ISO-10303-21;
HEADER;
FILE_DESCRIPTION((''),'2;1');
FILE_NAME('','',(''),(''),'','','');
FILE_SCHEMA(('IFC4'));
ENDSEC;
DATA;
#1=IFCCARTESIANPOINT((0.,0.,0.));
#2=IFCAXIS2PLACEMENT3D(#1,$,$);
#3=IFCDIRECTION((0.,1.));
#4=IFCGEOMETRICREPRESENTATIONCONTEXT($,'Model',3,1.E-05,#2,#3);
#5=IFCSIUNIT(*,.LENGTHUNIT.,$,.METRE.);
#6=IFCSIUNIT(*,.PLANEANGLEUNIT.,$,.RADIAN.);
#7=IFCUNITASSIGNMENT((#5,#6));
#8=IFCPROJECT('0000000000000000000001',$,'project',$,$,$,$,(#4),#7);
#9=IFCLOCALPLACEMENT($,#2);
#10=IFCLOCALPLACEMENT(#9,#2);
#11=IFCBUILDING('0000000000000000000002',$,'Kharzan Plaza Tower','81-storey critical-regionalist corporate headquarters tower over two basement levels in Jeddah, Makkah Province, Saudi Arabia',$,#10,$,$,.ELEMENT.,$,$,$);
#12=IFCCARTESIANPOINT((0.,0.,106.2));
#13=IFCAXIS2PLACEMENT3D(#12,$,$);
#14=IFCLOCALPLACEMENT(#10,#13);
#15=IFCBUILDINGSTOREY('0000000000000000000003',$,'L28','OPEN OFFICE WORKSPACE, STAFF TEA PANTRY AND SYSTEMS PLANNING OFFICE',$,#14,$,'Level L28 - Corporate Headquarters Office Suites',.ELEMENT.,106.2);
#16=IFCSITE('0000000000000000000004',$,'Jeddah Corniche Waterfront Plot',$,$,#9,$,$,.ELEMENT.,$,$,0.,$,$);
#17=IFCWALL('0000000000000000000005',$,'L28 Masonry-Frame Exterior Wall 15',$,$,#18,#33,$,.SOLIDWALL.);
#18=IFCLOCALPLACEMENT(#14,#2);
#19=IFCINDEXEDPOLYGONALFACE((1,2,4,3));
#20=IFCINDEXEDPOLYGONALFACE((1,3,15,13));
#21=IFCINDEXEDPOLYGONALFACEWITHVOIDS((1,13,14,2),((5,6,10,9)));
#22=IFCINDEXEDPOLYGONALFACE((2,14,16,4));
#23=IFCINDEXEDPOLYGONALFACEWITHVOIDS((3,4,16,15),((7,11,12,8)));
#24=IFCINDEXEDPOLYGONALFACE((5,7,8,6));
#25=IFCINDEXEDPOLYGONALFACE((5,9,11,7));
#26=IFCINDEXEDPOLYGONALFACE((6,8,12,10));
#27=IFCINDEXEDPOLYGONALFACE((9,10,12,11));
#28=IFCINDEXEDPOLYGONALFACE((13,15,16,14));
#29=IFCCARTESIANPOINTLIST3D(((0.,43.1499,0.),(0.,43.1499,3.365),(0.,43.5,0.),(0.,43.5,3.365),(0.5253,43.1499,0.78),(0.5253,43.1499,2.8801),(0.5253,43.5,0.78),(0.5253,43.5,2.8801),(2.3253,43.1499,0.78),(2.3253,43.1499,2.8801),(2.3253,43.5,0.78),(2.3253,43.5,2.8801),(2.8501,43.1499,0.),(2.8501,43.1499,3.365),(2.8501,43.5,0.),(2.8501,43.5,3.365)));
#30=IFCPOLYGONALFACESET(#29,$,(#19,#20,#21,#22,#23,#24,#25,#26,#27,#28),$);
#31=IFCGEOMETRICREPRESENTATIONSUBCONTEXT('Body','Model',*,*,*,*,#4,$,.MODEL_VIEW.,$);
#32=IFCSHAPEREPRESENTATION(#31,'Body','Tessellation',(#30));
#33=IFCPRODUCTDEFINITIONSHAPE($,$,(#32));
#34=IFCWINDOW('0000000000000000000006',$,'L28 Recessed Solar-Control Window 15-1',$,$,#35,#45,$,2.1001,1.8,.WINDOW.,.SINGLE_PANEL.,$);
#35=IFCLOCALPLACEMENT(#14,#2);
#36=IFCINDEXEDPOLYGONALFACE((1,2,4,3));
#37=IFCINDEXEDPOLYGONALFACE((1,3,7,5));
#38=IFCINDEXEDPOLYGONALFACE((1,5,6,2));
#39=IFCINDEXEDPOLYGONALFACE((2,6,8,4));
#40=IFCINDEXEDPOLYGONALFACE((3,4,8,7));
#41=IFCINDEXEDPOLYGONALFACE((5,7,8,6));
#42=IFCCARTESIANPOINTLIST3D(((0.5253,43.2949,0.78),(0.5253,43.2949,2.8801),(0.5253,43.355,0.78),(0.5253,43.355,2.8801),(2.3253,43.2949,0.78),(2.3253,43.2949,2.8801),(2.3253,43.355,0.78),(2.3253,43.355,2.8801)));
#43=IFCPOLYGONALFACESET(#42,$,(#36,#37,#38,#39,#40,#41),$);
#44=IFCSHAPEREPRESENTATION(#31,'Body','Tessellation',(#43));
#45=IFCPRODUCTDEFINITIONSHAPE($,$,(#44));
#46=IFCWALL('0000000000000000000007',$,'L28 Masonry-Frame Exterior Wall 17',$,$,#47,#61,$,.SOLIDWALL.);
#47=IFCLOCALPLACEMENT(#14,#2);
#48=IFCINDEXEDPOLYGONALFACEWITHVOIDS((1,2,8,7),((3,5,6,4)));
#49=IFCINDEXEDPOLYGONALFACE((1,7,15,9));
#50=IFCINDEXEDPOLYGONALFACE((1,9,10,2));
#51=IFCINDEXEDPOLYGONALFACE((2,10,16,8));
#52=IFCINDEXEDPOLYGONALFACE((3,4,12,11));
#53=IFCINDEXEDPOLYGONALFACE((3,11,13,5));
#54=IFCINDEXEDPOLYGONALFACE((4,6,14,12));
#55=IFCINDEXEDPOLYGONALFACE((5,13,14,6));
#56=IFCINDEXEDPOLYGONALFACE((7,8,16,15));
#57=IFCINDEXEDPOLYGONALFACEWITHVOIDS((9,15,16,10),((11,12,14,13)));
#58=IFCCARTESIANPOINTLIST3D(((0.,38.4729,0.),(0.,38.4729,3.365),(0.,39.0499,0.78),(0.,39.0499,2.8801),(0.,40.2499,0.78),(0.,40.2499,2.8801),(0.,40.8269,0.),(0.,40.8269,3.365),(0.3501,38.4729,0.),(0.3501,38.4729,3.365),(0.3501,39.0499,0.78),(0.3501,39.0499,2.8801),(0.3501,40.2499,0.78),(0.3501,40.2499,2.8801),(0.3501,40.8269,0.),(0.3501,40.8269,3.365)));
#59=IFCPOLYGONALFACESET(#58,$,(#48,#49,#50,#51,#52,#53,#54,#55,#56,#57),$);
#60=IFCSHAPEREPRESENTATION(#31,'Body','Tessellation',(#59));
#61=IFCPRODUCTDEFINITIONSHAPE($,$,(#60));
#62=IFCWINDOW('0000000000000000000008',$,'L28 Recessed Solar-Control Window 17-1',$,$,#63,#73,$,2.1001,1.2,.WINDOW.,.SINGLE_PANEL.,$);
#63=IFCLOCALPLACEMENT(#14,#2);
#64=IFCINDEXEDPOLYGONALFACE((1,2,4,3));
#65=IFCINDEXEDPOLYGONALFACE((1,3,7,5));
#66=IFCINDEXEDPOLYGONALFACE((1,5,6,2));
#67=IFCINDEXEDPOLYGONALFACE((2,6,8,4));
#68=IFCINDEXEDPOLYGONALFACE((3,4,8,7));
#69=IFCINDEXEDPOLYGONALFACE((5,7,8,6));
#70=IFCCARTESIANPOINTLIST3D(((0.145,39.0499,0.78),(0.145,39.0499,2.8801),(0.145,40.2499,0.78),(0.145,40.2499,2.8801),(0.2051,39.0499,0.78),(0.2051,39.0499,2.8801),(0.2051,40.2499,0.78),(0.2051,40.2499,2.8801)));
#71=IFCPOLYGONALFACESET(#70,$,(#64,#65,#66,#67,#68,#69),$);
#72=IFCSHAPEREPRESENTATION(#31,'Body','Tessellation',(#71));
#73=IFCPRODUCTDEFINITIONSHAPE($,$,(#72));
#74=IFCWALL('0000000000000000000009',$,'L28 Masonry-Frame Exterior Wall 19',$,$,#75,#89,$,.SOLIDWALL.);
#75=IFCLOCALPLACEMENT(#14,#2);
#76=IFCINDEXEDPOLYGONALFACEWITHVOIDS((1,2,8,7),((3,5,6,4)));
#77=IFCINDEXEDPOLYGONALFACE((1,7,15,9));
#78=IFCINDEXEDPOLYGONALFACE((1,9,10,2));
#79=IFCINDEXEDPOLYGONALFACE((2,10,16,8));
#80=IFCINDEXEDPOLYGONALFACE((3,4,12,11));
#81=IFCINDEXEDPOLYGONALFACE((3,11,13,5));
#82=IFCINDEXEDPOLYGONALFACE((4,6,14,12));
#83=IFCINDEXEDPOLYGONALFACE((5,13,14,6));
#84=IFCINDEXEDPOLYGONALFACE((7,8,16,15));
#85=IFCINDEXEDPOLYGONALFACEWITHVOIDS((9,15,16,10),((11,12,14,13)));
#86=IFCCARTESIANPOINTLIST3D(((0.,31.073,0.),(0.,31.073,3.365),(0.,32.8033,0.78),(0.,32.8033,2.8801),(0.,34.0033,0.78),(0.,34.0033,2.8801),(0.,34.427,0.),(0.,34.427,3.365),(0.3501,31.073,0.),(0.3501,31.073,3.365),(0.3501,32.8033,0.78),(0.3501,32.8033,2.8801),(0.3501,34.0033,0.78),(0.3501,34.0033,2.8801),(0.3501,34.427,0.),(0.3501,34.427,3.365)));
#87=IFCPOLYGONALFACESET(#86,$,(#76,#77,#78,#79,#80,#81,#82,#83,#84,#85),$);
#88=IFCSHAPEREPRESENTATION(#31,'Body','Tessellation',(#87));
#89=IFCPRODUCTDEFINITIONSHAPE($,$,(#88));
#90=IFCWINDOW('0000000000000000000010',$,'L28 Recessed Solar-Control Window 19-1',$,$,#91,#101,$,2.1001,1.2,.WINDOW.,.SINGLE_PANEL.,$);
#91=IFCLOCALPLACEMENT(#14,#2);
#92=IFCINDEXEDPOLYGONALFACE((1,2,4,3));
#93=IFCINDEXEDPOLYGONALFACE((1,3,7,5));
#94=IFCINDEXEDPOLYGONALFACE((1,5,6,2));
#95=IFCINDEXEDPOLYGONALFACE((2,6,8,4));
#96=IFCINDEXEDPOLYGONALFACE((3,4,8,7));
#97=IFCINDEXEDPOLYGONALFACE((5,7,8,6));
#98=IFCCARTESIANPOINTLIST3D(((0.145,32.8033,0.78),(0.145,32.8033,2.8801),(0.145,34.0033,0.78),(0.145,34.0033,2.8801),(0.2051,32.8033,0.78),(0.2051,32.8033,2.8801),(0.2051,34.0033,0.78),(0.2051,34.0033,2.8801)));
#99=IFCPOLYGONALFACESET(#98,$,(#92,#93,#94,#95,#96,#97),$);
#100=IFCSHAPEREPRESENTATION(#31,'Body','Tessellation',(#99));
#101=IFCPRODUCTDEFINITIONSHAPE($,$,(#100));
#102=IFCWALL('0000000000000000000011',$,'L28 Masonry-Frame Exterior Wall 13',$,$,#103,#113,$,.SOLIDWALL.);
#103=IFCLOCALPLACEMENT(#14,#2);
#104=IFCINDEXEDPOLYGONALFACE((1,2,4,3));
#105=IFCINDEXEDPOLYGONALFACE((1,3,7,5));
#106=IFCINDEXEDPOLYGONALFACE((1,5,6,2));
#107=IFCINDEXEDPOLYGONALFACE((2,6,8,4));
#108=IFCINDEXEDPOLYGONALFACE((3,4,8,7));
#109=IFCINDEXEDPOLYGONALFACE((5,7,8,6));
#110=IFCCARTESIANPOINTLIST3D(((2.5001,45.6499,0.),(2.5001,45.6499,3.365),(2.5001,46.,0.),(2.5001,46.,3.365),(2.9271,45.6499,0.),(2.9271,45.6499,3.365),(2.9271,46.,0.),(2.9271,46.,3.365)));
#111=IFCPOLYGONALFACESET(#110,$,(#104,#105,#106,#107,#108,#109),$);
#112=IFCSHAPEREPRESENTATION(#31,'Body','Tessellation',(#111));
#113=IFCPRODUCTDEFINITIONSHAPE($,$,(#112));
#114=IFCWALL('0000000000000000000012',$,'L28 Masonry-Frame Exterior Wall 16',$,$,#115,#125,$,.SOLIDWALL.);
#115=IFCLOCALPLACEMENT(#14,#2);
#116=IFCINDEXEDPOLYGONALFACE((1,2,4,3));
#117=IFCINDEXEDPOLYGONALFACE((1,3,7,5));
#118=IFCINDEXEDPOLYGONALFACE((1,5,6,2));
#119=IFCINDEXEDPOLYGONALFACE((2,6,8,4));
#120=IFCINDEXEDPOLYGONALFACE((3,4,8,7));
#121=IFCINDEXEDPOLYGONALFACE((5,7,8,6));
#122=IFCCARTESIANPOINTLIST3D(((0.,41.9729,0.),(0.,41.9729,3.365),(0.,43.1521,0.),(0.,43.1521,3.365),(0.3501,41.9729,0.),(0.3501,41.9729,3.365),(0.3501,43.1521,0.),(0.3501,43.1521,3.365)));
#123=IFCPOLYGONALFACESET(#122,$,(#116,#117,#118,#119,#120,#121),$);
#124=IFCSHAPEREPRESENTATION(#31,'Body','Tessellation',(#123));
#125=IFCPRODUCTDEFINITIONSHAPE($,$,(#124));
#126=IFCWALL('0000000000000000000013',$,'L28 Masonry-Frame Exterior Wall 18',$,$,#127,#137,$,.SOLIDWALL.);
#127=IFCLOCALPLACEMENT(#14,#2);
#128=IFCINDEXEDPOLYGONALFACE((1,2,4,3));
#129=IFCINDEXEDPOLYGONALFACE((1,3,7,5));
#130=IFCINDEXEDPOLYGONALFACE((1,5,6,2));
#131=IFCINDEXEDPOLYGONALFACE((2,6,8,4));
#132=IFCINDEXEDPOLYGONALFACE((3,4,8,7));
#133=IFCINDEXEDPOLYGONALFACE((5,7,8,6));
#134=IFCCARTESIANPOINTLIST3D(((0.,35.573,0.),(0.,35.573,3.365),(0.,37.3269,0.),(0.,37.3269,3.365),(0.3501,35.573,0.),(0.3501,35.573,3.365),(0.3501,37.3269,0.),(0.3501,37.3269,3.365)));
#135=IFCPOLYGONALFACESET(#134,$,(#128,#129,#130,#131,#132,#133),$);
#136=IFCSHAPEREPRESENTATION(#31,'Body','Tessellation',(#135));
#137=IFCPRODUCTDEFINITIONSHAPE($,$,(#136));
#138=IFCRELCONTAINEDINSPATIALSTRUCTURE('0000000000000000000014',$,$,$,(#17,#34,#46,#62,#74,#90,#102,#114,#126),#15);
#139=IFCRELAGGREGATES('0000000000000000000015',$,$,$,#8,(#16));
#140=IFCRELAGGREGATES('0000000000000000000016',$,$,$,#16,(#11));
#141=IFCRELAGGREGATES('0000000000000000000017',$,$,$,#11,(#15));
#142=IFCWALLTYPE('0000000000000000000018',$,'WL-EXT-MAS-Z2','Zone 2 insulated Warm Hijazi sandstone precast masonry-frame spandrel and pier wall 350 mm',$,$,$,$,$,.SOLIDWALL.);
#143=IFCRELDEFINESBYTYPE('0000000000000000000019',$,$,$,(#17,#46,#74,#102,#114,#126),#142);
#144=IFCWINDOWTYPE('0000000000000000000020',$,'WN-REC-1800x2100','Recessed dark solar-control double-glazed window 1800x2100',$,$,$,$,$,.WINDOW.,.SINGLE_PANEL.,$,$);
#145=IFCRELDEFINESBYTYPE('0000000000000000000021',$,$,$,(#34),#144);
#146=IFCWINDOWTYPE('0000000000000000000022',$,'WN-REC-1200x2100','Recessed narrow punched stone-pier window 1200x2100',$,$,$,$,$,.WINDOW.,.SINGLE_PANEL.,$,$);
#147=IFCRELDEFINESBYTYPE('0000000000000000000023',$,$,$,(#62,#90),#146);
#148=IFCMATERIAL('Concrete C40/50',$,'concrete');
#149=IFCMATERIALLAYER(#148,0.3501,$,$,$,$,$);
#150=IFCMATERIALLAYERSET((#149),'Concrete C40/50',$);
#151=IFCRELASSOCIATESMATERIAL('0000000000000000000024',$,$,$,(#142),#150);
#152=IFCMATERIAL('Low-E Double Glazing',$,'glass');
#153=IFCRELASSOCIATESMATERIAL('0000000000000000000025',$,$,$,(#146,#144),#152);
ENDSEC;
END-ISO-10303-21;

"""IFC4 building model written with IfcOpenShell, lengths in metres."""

from ifc_helpers import new_model, si_unit, direction, frame, frame_2d, origin, place, context, subcontext, project, spatial, rectangle, extrude, source, transform, mapped, material, layer, layer_set, type_object, element, fill, save


model = new_model("IFC4")

# Units and contexts
model_context = context("Model", 3, precision=1e-05, world=origin(), true_north=direction((0.0, 1.0)))
body_context = subcontext(model_context, "Body", "Model", "MODEL_VIEW")
ifc_project = project(units=[si_unit("LENGTHUNIT", "METRE"), si_unit("PLANEANGLEUNIT", "RADIAN")], contexts=[model_context])

# Site, building, storey
site_placement = place(None, origin())
site = spatial("IfcSite", under=ifc_project, at=site_placement, Name="Jeddah Corniche Waterfront Plot", CompositionType="ELEMENT", RefElevation=0.0)
building_placement = place(site_placement, origin())
building = spatial("IfcBuilding", under=site, at=building_placement, Name="Kharzan Plaza Tower", Description="81-storey critical-regionalist corporate headquarters tower over two basement levels in Jeddah, Makkah Province, Saudi Arabia", CompositionType="ELEMENT")
storey_placement = place(building_placement, frame((0.0, 0.0, 106.2)))
storey = spatial("IfcBuildingStorey", under=building, at=storey_placement, Name="L28", Description="OPEN OFFICE WORKSPACE, STAFF TEA PANTRY AND SYSTEMS PLANNING OFFICE", LongName="Level L28 - Corporate Headquarters Office Suites", CompositionType="ELEMENT", Elevation=106.2)

# Walls, openings, windows
ifc_material_1 = material(Name="Concrete C40/50", Category="concrete")
ifc_layer = layer(ifc_material_1, 0.3501)
ifc_layer_set = layer_set([ifc_layer], Name="Concrete C40/50")
wall_type = type_object("IfcWallType", Name="WL-EXT-MAS-Z2", Description="Zone 2 insulated Warm Hijazi sandstone precast masonry-frame spandrel and pier wall 350 mm", PredefinedType="SOLIDWALL", material=ifc_layer_set)
ifc_material_2 = material(Name="Low-E Double Glazing", Category="glass")
window_type_1 = type_object("IfcWindowType", Name="WN-REC-1200x2100", Description="Recessed narrow punched stone-pier window 1200x2100", PartitioningType="SINGLE_PANEL", PredefinedType="WINDOW", material=ifc_material_2)
shared_shape_1 = source(origin(), body_context, "Body", "SweptSolid", [
    extrude(rectangle(XDim=1.2, YDim=2.1001, at=frame_2d((0.6001, 1.05))), frame((0.0, 0.03, 0.0), z_axis=(0.0, -1.0, 0.0), x_axis=(1.0, 0.0, 0.0)), (0.0, 0.0, 1.0), 0.0601),
])
wall_1_placement = place(storey_placement, frame((2.8501, 43.325, 0.0), z_axis=(0.0, 0.0, 1.0), x_axis=(-1.0, 0.0, 0.0)))
wall_1 = element("IfcWall", 1, at=wall_1_placement, inside=storey, type_object=wall_type, Name="L28 Masonry-Frame Exterior Wall 15", PredefinedType="SOLIDWALL", context=body_context, shape_type="SweptSolid", body=[
    extrude(rectangle(XDim=2.8501, YDim=0.3501, at=frame_2d((1.425, 0.0))), origin(), (0.0, 0.0, 1.0), 3.365),
])
opening_1_placement = place(wall_1_placement, frame((0.5249, 0.0, 0.78)))
opening_1 = element("IfcOpeningElement", 2, at=opening_1_placement, cuts=wall_1, PredefinedType="OPENING", context=body_context, shape_type="SweptSolid", body=[
    extrude(rectangle(XDim=1.8, YDim=2.1001, at=frame_2d((0.8999, 1.05))), frame((0.0, 0.1851, 0.0), z_axis=(0.0, -1.0, 0.0), x_axis=(1.0, 0.0, 0.0)), (0.0, 0.0, 1.0), 0.3701),
])
window_type_2 = type_object("IfcWindowType", Name="WN-REC-1800x2100", Description="Recessed dark solar-control double-glazed window 1800x2100", PartitioningType="SINGLE_PANEL", PredefinedType="WINDOW", material=ifc_material_2)
shared_shape_2 = source(origin(), body_context, "Body", "SweptSolid", [
    extrude(rectangle(XDim=1.8, YDim=2.1001, at=frame_2d((0.8999, 1.05))), frame((0.0, 0.03, 0.0), z_axis=(0.0, -1.0, 0.0), x_axis=(1.0, 0.0, 0.0)), (0.0, 0.0, 1.0), 0.0601),
])
window_1_placement = place(opening_1_placement, origin())
window_1 = element("IfcWindow", 3, at=window_1_placement, inside=storey, type_object=window_type_2, Name="L28 Recessed Solar-Control Window 15-1", OverallHeight=2.1001, OverallWidth=1.8, PartitioningType="SINGLE_PANEL", PredefinedType="WINDOW", context=body_context, shape_type="MappedRepresentation", body=[
    mapped(shared_shape_2, transform((0.0, 0.0, 0.0), x_axis=(1.0, 0.0, 0.0), y_axis=(0.0, 1.0, 0.0), z_axis=(0.0, 0.0, 1.0))),
])
fill(opening_1, window_1)
wall_2_placement = place(storey_placement, frame((0.175, 40.8269, 0.0), z_axis=(0.0, 0.0, 1.0), x_axis=(0.0, -1.0, 0.0)))
wall_2 = element("IfcWall", 4, at=wall_2_placement, inside=storey, type_object=wall_type, Name="L28 Masonry-Frame Exterior Wall 17", PredefinedType="SOLIDWALL", context=body_context, shape_type="SweptSolid", body=[
    extrude(rectangle(XDim=2.354, YDim=0.3501, at=frame_2d((1.177, 0.0))), origin(), (0.0, 0.0, 1.0), 3.365),
])
opening_2_placement = place(wall_2_placement, frame((0.5769, 0.0, 0.78)))
opening_2 = element("IfcOpeningElement", 5, at=opening_2_placement, cuts=wall_2, PredefinedType="OPENING", context=body_context, shape_type="SweptSolid", body=[
    extrude(rectangle(XDim=1.2, YDim=2.1001, at=frame_2d((0.6001, 1.05))), frame((0.0, 0.1851, 0.0), z_axis=(0.0, -1.0, 0.0), x_axis=(1.0, 0.0, 0.0)), (0.0, 0.0, 1.0), 0.3701),
])
window_2_placement = place(opening_2_placement, origin())
window_2 = element("IfcWindow", 6, at=window_2_placement, inside=storey, type_object=window_type_1, Name="L28 Recessed Solar-Control Window 17-1", OverallHeight=2.1001, OverallWidth=1.2, PartitioningType="SINGLE_PANEL", PredefinedType="WINDOW", context=body_context, shape_type="MappedRepresentation", body=[
    mapped(shared_shape_1, transform((0.0, 0.0, 0.0), x_axis=(1.0, 0.0, 0.0), y_axis=(0.0, 1.0, 0.0), z_axis=(0.0, 0.0, 1.0))),
])
fill(opening_2, window_2)
wall_3_placement = place(storey_placement, frame((0.175, 34.427, 0.0), z_axis=(0.0, 0.0, 1.0), x_axis=(0.0, -1.0, 0.0)))
wall_3 = element("IfcWall", 7, at=wall_3_placement, inside=storey, type_object=wall_type, Name="L28 Masonry-Frame Exterior Wall 19", PredefinedType="SOLIDWALL", context=body_context, shape_type="SweptSolid", body=[
    extrude(rectangle(XDim=3.354, YDim=0.3501, at=frame_2d((1.677, 0.0))), origin(), (0.0, 0.0, 1.0), 3.365),
])
opening_3_placement = place(wall_3_placement, frame((0.4236, 0.0, 0.78)))
opening_3 = element("IfcOpeningElement", 8, at=opening_3_placement, cuts=wall_3, PredefinedType="OPENING", context=body_context, shape_type="SweptSolid", body=[
    extrude(rectangle(XDim=1.2, YDim=2.1001, at=frame_2d((0.6001, 1.05))), frame((0.0, 0.1851, 0.0), z_axis=(0.0, -1.0, 0.0), x_axis=(1.0, 0.0, 0.0)), (0.0, 0.0, 1.0), 0.3701),
])
window_3_placement = place(opening_3_placement, origin())
window_3 = element("IfcWindow", 9, at=window_3_placement, inside=storey, type_object=window_type_1, Name="L28 Recessed Solar-Control Window 19-1", OverallHeight=2.1001, OverallWidth=1.2, PartitioningType="SINGLE_PANEL", PredefinedType="WINDOW", context=body_context, shape_type="MappedRepresentation", body=[
    mapped(shared_shape_1, transform((0.0, 0.0, 0.0), x_axis=(1.0, 0.0, 0.0), y_axis=(0.0, 1.0, 0.0), z_axis=(0.0, 0.0, 1.0))),
])
fill(opening_3, window_3)

# Walls
shared_shape_3 = source(origin(), body_context, "Body", "SweptSolid", [
    extrude(rectangle(XDim=0.427, YDim=0.3501, at=frame_2d((0.2134, 0.0))), origin(), (0.0, 0.0, 1.0), 3.365),
])
wall_4_placement = place(storey_placement, frame((2.927, 45.825, 0.0), z_axis=(0.0, 0.0, 1.0), x_axis=(-1.0, 0.0, 0.0)))
element("IfcWall", 10, at=wall_4_placement, inside=storey, type_object=wall_type, Name="L28 Masonry-Frame Exterior Wall 13", PredefinedType="SOLIDWALL", context=body_context, shape_type="MappedRepresentation", body=[
    mapped(shared_shape_3, transform((0.0, 0.0, 0.0), x_axis=(1.0, 0.0, 0.0), y_axis=(0.0, 1.0, 0.0), z_axis=(0.0, 0.0, 1.0))),
])
shared_shape_4 = source(origin(), body_context, "Body", "SweptSolid", [
    extrude(rectangle(XDim=1.1792, YDim=0.3501, at=frame_2d((0.5896, 0.0))), origin(), (0.0, 0.0, 1.0), 3.365),
])
wall_5_placement = place(storey_placement, frame((0.175, 43.1521, 0.0), z_axis=(0.0, 0.0, 1.0), x_axis=(0.0, -1.0, 0.0)))
element("IfcWall", 11, at=wall_5_placement, inside=storey, type_object=wall_type, Name="L28 Masonry-Frame Exterior Wall 16", PredefinedType="SOLIDWALL", context=body_context, shape_type="MappedRepresentation", body=[
    mapped(shared_shape_4, transform((0.0, 0.0, 0.0), x_axis=(1.0, 0.0, 0.0), y_axis=(0.0, 1.0, 0.0), z_axis=(0.0, 0.0, 1.0))),
])
shared_shape_5 = source(origin(), body_context, "Body", "SweptSolid", [
    extrude(rectangle(XDim=1.7539, YDim=0.3501, at=frame_2d((0.877, 0.0))), origin(), (0.0, 0.0, 1.0), 3.365),
])
wall_6_placement = place(storey_placement, frame((0.175, 37.3269, 0.0), z_axis=(0.0, 0.0, 1.0), x_axis=(0.0, -1.0, 0.0)))
element("IfcWall", 12, at=wall_6_placement, inside=storey, type_object=wall_type, Name="L28 Masonry-Frame Exterior Wall 18", PredefinedType="SOLIDWALL", context=body_context, shape_type="MappedRepresentation", body=[
    mapped(shared_shape_5, transform((0.0, 0.0, 0.0), x_axis=(1.0, 0.0, 0.0), y_axis=(0.0, 1.0, 0.0), z_axis=(0.0, 0.0, 1.0))),
])

save(model, "model.ifc")
